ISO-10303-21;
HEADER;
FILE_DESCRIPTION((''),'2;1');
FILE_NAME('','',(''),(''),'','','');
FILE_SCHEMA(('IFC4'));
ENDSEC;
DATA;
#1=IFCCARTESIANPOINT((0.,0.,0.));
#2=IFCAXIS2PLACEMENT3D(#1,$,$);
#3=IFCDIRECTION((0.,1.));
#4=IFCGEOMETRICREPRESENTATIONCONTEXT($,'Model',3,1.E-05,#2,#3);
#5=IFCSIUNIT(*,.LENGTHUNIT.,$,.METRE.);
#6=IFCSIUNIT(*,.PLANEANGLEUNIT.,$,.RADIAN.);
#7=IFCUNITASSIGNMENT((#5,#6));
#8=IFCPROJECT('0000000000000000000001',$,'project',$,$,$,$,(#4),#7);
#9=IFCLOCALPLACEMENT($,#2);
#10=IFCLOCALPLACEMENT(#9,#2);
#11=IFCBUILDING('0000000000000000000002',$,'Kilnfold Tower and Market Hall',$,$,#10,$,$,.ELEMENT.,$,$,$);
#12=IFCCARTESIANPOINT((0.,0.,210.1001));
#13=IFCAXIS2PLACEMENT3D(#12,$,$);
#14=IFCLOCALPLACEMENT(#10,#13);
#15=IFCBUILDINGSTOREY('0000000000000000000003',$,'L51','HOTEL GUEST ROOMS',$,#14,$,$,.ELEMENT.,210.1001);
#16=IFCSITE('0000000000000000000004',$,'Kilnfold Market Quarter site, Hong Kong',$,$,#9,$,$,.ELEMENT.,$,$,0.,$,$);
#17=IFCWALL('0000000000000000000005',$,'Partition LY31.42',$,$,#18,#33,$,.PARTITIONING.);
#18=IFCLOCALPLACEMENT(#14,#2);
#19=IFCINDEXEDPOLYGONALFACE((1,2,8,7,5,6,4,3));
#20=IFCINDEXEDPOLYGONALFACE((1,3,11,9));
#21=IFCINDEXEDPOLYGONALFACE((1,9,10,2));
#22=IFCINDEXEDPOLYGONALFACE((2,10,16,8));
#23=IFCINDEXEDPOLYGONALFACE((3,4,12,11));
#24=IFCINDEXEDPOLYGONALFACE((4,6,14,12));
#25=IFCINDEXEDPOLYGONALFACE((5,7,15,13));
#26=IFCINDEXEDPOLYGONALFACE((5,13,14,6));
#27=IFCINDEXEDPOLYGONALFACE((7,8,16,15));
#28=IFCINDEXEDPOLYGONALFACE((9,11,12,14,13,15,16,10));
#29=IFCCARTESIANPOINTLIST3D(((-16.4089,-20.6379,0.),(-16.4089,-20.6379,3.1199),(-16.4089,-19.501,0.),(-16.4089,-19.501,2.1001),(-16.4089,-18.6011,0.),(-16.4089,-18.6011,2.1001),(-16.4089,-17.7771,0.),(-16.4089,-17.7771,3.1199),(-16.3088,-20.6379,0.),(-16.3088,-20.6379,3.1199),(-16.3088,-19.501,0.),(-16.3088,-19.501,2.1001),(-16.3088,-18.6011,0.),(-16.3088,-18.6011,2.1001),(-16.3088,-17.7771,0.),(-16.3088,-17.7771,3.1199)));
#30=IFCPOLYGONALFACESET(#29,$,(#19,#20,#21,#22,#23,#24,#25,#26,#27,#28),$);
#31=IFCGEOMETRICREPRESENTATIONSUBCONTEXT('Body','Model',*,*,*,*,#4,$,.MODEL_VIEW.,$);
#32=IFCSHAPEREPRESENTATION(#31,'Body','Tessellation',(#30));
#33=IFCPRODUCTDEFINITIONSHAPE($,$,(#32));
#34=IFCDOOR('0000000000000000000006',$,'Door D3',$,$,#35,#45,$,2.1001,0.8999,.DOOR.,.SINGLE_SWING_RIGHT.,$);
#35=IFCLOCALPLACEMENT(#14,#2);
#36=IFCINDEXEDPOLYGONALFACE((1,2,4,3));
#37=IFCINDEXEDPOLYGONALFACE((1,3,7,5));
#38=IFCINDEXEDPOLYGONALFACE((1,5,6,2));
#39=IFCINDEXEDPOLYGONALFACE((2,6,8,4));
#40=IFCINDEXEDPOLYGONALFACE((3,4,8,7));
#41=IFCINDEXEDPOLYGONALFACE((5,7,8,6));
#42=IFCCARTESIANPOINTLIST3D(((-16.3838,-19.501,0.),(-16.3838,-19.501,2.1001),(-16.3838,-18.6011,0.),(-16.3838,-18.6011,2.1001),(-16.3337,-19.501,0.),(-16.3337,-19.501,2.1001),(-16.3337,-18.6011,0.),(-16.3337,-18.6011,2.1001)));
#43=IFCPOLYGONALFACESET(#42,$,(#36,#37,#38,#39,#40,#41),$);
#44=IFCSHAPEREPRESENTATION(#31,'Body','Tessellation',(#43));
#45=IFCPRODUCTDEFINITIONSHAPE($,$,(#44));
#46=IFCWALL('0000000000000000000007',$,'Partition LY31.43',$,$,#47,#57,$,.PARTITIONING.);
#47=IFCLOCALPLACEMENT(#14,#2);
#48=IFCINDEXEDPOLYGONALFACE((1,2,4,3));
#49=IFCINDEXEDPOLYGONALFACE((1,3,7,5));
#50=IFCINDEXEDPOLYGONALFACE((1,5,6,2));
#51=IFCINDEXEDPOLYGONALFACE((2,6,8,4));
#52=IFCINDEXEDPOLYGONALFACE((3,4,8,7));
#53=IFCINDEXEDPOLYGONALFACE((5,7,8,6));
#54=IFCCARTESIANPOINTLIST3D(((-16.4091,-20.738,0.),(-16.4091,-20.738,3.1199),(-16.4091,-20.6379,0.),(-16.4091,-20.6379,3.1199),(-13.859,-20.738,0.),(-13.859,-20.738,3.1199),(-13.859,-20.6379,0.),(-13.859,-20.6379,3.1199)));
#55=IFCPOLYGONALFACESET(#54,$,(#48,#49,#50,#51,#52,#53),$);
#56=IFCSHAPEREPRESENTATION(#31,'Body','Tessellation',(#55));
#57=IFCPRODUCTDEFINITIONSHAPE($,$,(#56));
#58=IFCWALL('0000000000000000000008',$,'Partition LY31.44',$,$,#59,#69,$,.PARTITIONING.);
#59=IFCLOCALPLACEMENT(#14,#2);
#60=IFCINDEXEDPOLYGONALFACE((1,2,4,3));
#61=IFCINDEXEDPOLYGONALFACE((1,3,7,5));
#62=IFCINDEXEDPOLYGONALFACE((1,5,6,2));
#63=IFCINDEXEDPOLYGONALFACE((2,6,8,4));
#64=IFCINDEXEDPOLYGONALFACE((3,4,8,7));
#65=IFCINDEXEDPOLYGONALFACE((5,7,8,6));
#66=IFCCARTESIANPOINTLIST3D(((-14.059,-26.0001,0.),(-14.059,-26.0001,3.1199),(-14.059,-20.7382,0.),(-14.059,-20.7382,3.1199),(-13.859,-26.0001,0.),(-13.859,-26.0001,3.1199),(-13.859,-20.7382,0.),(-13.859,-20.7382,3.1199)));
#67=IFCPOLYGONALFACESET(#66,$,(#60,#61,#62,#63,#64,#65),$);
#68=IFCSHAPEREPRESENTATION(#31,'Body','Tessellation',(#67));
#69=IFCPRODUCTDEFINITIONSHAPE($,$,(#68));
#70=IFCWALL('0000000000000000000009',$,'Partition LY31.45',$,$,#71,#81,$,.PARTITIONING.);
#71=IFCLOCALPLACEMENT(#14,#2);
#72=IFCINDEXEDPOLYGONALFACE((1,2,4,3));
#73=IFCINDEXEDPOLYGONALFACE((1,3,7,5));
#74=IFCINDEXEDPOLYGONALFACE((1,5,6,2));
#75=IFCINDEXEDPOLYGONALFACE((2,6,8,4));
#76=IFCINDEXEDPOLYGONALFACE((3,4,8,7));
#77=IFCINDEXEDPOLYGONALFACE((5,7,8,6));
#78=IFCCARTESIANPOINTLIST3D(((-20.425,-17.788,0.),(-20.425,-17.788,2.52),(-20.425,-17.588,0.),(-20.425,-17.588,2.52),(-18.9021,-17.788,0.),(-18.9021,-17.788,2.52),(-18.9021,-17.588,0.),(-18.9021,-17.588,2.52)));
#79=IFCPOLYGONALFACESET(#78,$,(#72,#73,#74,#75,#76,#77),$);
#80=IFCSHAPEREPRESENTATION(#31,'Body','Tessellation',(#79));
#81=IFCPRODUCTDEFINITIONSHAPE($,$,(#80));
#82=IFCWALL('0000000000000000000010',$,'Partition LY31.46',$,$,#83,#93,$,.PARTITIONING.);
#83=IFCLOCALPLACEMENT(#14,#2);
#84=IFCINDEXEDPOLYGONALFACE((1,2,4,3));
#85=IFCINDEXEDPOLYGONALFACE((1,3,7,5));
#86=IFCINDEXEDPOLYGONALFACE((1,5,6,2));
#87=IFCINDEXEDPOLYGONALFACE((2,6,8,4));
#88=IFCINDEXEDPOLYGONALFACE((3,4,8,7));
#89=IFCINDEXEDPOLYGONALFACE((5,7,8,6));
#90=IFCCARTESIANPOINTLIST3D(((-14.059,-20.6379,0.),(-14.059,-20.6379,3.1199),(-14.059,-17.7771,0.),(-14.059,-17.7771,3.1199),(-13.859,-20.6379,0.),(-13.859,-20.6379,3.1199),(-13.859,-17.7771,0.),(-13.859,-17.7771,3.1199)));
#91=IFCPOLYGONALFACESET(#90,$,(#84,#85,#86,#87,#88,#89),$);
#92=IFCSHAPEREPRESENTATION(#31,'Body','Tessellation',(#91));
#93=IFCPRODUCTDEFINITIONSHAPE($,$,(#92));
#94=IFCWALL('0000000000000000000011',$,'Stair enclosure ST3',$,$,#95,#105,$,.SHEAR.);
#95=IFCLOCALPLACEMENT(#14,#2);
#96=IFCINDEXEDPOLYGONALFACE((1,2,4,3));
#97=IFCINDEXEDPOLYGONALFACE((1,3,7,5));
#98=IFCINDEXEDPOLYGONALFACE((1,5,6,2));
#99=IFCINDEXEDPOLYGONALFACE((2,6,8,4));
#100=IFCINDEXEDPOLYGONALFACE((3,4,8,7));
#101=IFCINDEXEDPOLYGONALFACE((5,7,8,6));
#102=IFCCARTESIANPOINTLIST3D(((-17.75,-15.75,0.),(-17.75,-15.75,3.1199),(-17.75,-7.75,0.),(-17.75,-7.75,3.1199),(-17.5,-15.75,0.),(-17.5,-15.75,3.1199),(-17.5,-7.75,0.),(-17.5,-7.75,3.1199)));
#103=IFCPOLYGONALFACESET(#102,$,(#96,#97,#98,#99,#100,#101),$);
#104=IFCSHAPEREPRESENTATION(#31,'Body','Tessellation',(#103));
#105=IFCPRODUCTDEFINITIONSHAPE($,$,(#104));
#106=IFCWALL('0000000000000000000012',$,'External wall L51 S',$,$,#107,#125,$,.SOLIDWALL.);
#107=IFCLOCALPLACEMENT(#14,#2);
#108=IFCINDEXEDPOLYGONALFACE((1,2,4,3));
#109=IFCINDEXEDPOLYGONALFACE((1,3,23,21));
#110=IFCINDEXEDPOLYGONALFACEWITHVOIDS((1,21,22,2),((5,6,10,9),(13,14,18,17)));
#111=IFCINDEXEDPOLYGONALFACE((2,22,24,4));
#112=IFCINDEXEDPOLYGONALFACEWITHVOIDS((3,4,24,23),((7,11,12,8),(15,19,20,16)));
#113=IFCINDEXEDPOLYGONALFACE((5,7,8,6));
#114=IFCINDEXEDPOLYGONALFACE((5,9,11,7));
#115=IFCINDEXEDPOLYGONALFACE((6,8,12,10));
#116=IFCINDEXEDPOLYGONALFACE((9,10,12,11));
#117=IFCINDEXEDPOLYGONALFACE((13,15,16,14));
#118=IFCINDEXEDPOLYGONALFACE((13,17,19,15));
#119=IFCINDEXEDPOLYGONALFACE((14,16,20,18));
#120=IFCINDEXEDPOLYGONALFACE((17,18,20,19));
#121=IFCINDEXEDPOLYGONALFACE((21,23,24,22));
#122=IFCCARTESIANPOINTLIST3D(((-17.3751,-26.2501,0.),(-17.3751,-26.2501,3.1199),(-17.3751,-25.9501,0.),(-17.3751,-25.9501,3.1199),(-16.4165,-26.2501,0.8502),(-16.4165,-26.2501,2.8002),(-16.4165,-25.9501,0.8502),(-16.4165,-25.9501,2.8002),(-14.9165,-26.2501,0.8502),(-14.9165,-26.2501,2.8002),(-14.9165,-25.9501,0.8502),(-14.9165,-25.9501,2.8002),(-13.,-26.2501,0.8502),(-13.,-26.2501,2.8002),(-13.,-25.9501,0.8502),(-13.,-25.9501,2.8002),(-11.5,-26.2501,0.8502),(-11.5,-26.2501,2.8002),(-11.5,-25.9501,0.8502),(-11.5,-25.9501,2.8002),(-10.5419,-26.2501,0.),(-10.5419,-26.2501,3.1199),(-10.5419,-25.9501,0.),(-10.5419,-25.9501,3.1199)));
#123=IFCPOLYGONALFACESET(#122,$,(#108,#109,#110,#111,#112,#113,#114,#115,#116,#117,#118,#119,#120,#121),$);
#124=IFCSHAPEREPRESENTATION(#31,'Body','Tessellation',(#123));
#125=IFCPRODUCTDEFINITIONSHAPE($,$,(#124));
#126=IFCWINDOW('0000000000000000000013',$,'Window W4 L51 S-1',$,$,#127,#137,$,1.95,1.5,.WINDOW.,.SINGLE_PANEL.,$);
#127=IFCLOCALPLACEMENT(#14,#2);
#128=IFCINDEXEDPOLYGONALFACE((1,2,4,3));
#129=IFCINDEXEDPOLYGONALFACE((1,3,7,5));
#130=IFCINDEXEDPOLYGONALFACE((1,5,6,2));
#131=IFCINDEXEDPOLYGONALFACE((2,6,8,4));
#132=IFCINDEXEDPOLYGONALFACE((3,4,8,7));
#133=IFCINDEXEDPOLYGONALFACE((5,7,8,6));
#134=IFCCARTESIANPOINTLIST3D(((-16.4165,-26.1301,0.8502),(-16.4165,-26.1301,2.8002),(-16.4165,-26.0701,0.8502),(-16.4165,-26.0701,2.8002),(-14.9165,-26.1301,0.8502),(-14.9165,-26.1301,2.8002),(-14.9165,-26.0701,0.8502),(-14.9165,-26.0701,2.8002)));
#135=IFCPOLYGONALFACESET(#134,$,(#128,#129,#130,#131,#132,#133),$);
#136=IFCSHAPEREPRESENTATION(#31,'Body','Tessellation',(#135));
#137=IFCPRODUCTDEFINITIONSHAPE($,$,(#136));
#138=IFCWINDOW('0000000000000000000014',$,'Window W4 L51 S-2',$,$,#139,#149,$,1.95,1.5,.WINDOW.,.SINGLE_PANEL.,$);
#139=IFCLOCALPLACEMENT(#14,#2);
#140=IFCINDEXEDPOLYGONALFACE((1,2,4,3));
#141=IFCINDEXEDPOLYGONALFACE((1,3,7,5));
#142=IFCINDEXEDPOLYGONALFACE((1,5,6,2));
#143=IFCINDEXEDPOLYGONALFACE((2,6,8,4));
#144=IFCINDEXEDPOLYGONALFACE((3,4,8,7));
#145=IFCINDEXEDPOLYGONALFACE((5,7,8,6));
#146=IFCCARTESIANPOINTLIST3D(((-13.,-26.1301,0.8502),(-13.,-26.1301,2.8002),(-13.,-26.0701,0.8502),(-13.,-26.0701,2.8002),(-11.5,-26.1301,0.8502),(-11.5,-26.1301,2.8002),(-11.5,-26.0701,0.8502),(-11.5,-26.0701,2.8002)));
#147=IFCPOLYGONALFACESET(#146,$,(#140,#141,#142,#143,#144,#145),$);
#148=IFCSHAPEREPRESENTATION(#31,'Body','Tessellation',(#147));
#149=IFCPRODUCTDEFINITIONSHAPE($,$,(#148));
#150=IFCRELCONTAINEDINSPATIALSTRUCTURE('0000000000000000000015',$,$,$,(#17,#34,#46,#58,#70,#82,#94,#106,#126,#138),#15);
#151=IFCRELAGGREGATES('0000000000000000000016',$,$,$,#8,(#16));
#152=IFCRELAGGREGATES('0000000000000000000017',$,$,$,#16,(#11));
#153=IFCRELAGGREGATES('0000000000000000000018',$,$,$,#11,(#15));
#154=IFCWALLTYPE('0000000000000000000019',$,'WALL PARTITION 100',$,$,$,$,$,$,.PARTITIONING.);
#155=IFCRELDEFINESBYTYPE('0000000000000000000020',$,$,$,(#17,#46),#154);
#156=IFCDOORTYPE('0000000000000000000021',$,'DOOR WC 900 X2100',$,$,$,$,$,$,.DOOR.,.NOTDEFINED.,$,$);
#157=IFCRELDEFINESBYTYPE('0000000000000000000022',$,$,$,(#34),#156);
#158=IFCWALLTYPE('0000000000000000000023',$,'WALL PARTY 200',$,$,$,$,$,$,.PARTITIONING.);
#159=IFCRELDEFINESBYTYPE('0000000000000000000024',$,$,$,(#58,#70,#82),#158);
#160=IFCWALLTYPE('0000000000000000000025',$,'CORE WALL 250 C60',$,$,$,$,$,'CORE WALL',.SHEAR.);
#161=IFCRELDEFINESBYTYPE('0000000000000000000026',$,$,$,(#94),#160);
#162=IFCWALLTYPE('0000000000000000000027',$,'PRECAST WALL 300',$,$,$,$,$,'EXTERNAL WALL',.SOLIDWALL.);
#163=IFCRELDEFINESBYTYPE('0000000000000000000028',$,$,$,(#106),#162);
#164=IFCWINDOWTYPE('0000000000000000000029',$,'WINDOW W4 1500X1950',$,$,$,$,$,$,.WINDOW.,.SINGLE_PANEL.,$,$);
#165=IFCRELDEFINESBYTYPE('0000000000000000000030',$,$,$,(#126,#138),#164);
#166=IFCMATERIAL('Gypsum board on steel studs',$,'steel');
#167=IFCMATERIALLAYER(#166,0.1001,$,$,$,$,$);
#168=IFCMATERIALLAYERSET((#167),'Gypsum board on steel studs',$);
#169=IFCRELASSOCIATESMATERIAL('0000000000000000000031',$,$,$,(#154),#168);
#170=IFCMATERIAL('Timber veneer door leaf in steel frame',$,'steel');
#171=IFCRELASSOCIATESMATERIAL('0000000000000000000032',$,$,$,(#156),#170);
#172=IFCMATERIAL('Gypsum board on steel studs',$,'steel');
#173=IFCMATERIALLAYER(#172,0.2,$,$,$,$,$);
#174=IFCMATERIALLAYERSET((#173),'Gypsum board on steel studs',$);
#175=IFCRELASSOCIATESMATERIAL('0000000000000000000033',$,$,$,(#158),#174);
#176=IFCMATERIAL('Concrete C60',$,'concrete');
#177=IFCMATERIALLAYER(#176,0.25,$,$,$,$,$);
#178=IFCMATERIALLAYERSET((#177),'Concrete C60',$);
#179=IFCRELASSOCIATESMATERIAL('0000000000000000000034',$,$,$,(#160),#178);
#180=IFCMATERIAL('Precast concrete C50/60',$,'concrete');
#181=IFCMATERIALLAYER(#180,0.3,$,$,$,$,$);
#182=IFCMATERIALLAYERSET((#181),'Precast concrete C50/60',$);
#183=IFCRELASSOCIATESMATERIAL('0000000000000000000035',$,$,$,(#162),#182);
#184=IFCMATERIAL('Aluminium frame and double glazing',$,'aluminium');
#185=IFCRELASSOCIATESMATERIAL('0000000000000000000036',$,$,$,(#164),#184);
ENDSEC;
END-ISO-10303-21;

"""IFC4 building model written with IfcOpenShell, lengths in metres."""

from ifc_helpers import new_model, si_unit, direction, frame, frame_2d, origin, place, context, subcontext, project, spatial, rectangle, extrude, source, transform, mapped, material, layer, layer_set, type_object, element, fill, save


model = new_model("IFC4")

# Units and contexts
model_context = context("Model", 3, precision=1e-05, world=origin(), true_north=direction((0.0, 1.0)))
body_context = subcontext(model_context, "Body", "Model", "MODEL_VIEW")
ifc_project = project(units=[si_unit("LENGTHUNIT", "METRE"), si_unit("PLANEANGLEUNIT", "RADIAN")], contexts=[model_context])

# Site, building, storey
site_placement = place(None, origin())
site = spatial("IfcSite", under=ifc_project, at=site_placement, Name="Kilnfold Market Quarter site, Hong Kong", CompositionType="ELEMENT", RefElevation=0.0)
building_placement = place(site_placement, origin())
building = spatial("IfcBuilding", under=site, at=building_placement, Name="Kilnfold Tower and Market Hall", CompositionType="ELEMENT")
storey_placement = place(building_placement, frame((0.0, 0.0, 210.1001)))
storey = spatial("IfcBuildingStorey", under=building, at=storey_placement, Name="L51", Description="HOTEL GUEST ROOMS", CompositionType="ELEMENT", Elevation=210.1001)

# Wall, opening, door
ifc_material_1 = material(Name="Gypsum board on steel studs", Category="steel")
ifc_layer_1 = layer(ifc_material_1, 0.1001)
ifc_layer_set_1 = layer_set([ifc_layer_1], Name="Gypsum board on steel studs")
wall_type_1 = type_object("IfcWallType", Name="WALL PARTITION 100", PredefinedType="PARTITIONING", material=ifc_layer_set_1)
wall_1_placement = place(storey_placement, frame((-16.3589, -20.6379, 0.0), z_axis=(0.0, 0.0, 1.0), x_axis=(0.0, 1.0, 0.0)))
wall_1 = element("IfcWall", 1, at=wall_1_placement, inside=storey, type_object=wall_type_1, Name="Partition LY31.42", PredefinedType="PARTITIONING", context=body_context, shape_type="SweptSolid", body=[
    extrude(rectangle(XDim=2.8608, YDim=0.1001, at=frame_2d((1.4304, 0.0))), origin(), (0.0, 0.0, 1.0), 3.1199),
])
opening_1_placement = place(wall_1_placement, frame((1.137, 0.0, 0.0)))
opening_1 = element("IfcOpeningElement", 2, at=opening_1_placement, cuts=wall_1, PredefinedType="OPENING", context=body_context, shape_type="SweptSolid", body=[
    extrude(rectangle(XDim=0.8999, YDim=2.1001, at=frame_2d((0.45, 1.05))), frame((0.0, 0.0601, 0.0), z_axis=(0.0, -1.0, 0.0), x_axis=(1.0, 0.0, 0.0)), (0.0, 0.0, 1.0), 0.1201),
])
ifc_material_2 = material(Name="Timber veneer door leaf in steel frame", Category="steel")
door_type_1 = type_object("IfcDoorType", Name="DOOR WC 900 X2100", OperationType="NOTDEFINED", PredefinedType="DOOR", material=ifc_material_2)
door_1_placement = place(opening_1_placement, origin())
door_1 = element("IfcDoor", 3, at=door_1_placement, inside=storey, type_object=door_type_1, Name="Door D3", OperationType="SINGLE_SWING_RIGHT", OverallHeight=2.1001, OverallWidth=0.8999, PredefinedType="DOOR", context=body_context, shape_type="SweptSolid", body=[
    extrude(rectangle(XDim=0.8999, YDim=2.1001, at=frame_2d((0.45, 1.05))), frame((0.0, 0.0249, 0.0), z_axis=(0.0, -1.0, 0.0), x_axis=(1.0, 0.0, 0.0)), (0.0, 0.0, 1.0), 0.05),
])
fill(opening_1, door_1)

# Walls
wall_2_placement = place(storey_placement, frame((-16.4089, -20.688, 0.0), z_axis=(0.0, 0.0, 1.0), x_axis=(1.0, 0.0, 0.0)))
element("IfcWall", 4, at=wall_2_placement, inside=storey, type_object=wall_type_1, Name="Partition LY31.43", PredefinedType="PARTITIONING", context=body_context, shape_type="SweptSolid", body=[
    extrude(rectangle(XDim=2.55, YDim=0.1001, at=frame_2d((1.2749, 0.0))), origin(), (0.0, 0.0, 1.0), 3.1199),
])
ifc_material_3 = material(Name="Gypsum board on steel studs", Category="steel")
ifc_layer_2 = layer(ifc_material_3, 0.2)
ifc_layer_set_2 = layer_set([ifc_layer_2], Name="Gypsum board on steel studs")
wall_type_2 = type_object("IfcWallType", Name="WALL PARTY 200", PredefinedType="PARTITIONING", material=ifc_layer_set_2)
wall_3_placement = place(storey_placement, frame((-13.959, -26.0, 0.0), z_axis=(0.0, 0.0, 1.0), x_axis=(0.0, 1.0, 0.0)))
element("IfcWall", 5, at=wall_3_placement, inside=storey, type_object=wall_type_2, Name="Partition LY31.44", PredefinedType="PARTITIONING", context=body_context, shape_type="SweptSolid", body=[
    extrude(rectangle(XDim=5.262, YDim=0.2, at=frame_2d((2.6309, 0.0))), origin(), (0.0, 0.0, 1.0), 3.1199),
])
wall_4_placement = place(storey_placement, frame((-20.425, -17.688, 0.0), z_axis=(0.0, 0.0, 1.0), x_axis=(1.0, 0.0, 0.0)))
element("IfcWall", 6, at=wall_4_placement, inside=storey, type_object=wall_type_2, Name="Partition LY31.45", PredefinedType="PARTITIONING", context=body_context, shape_type="SweptSolid", body=[
    extrude(rectangle(XDim=1.5229, YDim=0.2, at=frame_2d((0.7615, 0.0))), origin(), (0.0, 0.0, 1.0), 2.52),
])
wall_5_placement = place(storey_placement, frame((-13.959, -20.6379, 0.0), z_axis=(0.0, 0.0, 1.0), x_axis=(0.0, 1.0, 0.0)))
element("IfcWall", 7, at=wall_5_placement, inside=storey, type_object=wall_type_2, Name="Partition LY31.46", PredefinedType="PARTITIONING", context=body_context, shape_type="SweptSolid", body=[
    extrude(rectangle(XDim=2.8608, YDim=0.2, at=frame_2d((1.4304, 0.0))), origin(), (0.0, 0.0, 1.0), 3.1199),
])
ifc_material_4 = material(Name="Concrete C60", Category="concrete")
ifc_layer_3 = layer(ifc_material_4, 0.25)
ifc_layer_set_3 = layer_set([ifc_layer_3], Name="Concrete C60")
wall_type_3 = type_object("IfcWallType", Name="CORE WALL 250 C60", ElementType="CORE WALL", PredefinedType="SHEAR", material=ifc_layer_set_3)
shared_shape_1 = source(origin(), body_context, "Body", "SweptSolid", [
    extrude(rectangle(XDim=8.0, YDim=0.25, at=frame_2d((4.0, 0.0))), origin(), (0.0, 0.0, 1.0), 3.1199),
])
wall_6_placement = place(storey_placement, frame((-17.625, -15.75, 0.0), z_axis=(0.0, 0.0, 1.0), x_axis=(0.0, 1.0, 0.0)))
element("IfcWall", 8, at=wall_6_placement, inside=storey, type_object=wall_type_3, Name="Stair enclosure ST3", PredefinedType="SHEAR", context=body_context, shape_type="MappedRepresentation", body=[
    mapped(shared_shape_1, transform((0.0, 0.0, 0.0))),
])

# Wall, openings, windows
ifc_material_5 = material(Name="Precast concrete C50/60", Category="concrete")
ifc_layer_4 = layer(ifc_material_5, 0.3)
ifc_layer_set_4 = layer_set([ifc_layer_4], Name="Precast concrete C50/60")
wall_type_4 = type_object("IfcWallType", Name="PRECAST WALL 300", ElementType="EXTERNAL WALL", PredefinedType="SOLIDWALL", material=ifc_layer_set_4)
shared_shape_2 = source(origin(), body_context, "Body", "SweptSolid", [
    extrude(rectangle(XDim=6.8333, YDim=0.3, at=frame_2d((3.4165, 0.0))), origin(), (0.0, 0.0, 1.0), 3.1199),
])
wall_7_placement = place(storey_placement, frame((-17.375, -26.1001, 0.0), z_axis=(0.0, 0.0, 1.0), x_axis=(1.0, 0.0, 0.0)))
wall_7 = element("IfcWall", 9, at=wall_7_placement, inside=storey, type_object=wall_type_4, Name="External wall L51 S", PredefinedType="SOLIDWALL", context=body_context, shape_type="MappedRepresentation", body=[
    mapped(shared_shape_2, transform((0.0, 0.0, 0.0))),
])
opening_2_placement = place(wall_7_placement, frame((0.9585, 0.0, 0.8501)))
opening_2 = element("IfcOpeningElement", 10, at=opening_2_placement, cuts=wall_7, PredefinedType="OPENING", context=body_context, shape_type="SweptSolid", body=[
    extrude(rectangle(XDim=1.5, YDim=1.95, at=frame_2d((0.75, 0.9751))), frame((0.0, 0.1602, 0.0), z_axis=(0.0, -1.0, 0.0), x_axis=(1.0, 0.0, 0.0)), (0.0, 0.0, 1.0), 0.3201),
])
opening_3_placement = place(wall_7_placement, frame((4.375, 0.0, 0.8501)))
opening_3 = element("IfcOpeningElement", 11, at=opening_3_placement, cuts=wall_7, PredefinedType="OPENING", context=body_context, shape_type="SweptSolid", body=[
    extrude(rectangle(XDim=1.5, YDim=1.95, at=frame_2d((0.75, 0.9751))), frame((0.0, 0.1602, 0.0), z_axis=(0.0, -1.0, 0.0), x_axis=(1.0, 0.0, 0.0)), (0.0, 0.0, 1.0), 0.3201),
])
ifc_material_6 = material(Name="Aluminium frame and double glazing", Category="aluminium")
window_type_1 = type_object("IfcWindowType", Name="WINDOW W4 1500X1950", PartitioningType="SINGLE_PANEL", PredefinedType="WINDOW", material=ifc_material_6)
window_1_placement = place(opening_2_placement, origin())
window_1 = element("IfcWindow", 12, at=window_1_placement, inside=storey, type_object=window_type_1, Name="Window W4 L51 S-1", OverallHeight=1.95, OverallWidth=1.5, PartitioningType="SINGLE_PANEL", PredefinedType="WINDOW", context=body_context, shape_type="SweptSolid", body=[
    extrude(rectangle(XDim=1.5, YDim=1.95, at=frame_2d((0.75, 0.9751))), frame((0.0, 0.03, 0.0), z_axis=(0.0, -1.0, 0.0), x_axis=(1.0, 0.0, 0.0)), (0.0, 0.0, 1.0), 0.0601),
])
fill(opening_2, window_1)
window_2_placement = place(opening_3_placement, origin())
window_2 = element("IfcWindow", 13, at=window_2_placement, inside=storey, type_object=window_type_1, Name="Window W4 L51 S-2", OverallHeight=1.95, OverallWidth=1.5, PartitioningType="SINGLE_PANEL", PredefinedType="WINDOW", context=body_context, shape_type="SweptSolid", body=[
    extrude(rectangle(XDim=1.5, YDim=1.95, at=frame_2d((0.75, 0.9751))), frame((0.0, 0.03, 0.0), z_axis=(0.0, -1.0, 0.0), x_axis=(1.0, 0.0, 0.0)), (0.0, 0.0, 1.0), 0.0601),
])
fill(opening_3, window_2)

save(model, "model.ifc")
